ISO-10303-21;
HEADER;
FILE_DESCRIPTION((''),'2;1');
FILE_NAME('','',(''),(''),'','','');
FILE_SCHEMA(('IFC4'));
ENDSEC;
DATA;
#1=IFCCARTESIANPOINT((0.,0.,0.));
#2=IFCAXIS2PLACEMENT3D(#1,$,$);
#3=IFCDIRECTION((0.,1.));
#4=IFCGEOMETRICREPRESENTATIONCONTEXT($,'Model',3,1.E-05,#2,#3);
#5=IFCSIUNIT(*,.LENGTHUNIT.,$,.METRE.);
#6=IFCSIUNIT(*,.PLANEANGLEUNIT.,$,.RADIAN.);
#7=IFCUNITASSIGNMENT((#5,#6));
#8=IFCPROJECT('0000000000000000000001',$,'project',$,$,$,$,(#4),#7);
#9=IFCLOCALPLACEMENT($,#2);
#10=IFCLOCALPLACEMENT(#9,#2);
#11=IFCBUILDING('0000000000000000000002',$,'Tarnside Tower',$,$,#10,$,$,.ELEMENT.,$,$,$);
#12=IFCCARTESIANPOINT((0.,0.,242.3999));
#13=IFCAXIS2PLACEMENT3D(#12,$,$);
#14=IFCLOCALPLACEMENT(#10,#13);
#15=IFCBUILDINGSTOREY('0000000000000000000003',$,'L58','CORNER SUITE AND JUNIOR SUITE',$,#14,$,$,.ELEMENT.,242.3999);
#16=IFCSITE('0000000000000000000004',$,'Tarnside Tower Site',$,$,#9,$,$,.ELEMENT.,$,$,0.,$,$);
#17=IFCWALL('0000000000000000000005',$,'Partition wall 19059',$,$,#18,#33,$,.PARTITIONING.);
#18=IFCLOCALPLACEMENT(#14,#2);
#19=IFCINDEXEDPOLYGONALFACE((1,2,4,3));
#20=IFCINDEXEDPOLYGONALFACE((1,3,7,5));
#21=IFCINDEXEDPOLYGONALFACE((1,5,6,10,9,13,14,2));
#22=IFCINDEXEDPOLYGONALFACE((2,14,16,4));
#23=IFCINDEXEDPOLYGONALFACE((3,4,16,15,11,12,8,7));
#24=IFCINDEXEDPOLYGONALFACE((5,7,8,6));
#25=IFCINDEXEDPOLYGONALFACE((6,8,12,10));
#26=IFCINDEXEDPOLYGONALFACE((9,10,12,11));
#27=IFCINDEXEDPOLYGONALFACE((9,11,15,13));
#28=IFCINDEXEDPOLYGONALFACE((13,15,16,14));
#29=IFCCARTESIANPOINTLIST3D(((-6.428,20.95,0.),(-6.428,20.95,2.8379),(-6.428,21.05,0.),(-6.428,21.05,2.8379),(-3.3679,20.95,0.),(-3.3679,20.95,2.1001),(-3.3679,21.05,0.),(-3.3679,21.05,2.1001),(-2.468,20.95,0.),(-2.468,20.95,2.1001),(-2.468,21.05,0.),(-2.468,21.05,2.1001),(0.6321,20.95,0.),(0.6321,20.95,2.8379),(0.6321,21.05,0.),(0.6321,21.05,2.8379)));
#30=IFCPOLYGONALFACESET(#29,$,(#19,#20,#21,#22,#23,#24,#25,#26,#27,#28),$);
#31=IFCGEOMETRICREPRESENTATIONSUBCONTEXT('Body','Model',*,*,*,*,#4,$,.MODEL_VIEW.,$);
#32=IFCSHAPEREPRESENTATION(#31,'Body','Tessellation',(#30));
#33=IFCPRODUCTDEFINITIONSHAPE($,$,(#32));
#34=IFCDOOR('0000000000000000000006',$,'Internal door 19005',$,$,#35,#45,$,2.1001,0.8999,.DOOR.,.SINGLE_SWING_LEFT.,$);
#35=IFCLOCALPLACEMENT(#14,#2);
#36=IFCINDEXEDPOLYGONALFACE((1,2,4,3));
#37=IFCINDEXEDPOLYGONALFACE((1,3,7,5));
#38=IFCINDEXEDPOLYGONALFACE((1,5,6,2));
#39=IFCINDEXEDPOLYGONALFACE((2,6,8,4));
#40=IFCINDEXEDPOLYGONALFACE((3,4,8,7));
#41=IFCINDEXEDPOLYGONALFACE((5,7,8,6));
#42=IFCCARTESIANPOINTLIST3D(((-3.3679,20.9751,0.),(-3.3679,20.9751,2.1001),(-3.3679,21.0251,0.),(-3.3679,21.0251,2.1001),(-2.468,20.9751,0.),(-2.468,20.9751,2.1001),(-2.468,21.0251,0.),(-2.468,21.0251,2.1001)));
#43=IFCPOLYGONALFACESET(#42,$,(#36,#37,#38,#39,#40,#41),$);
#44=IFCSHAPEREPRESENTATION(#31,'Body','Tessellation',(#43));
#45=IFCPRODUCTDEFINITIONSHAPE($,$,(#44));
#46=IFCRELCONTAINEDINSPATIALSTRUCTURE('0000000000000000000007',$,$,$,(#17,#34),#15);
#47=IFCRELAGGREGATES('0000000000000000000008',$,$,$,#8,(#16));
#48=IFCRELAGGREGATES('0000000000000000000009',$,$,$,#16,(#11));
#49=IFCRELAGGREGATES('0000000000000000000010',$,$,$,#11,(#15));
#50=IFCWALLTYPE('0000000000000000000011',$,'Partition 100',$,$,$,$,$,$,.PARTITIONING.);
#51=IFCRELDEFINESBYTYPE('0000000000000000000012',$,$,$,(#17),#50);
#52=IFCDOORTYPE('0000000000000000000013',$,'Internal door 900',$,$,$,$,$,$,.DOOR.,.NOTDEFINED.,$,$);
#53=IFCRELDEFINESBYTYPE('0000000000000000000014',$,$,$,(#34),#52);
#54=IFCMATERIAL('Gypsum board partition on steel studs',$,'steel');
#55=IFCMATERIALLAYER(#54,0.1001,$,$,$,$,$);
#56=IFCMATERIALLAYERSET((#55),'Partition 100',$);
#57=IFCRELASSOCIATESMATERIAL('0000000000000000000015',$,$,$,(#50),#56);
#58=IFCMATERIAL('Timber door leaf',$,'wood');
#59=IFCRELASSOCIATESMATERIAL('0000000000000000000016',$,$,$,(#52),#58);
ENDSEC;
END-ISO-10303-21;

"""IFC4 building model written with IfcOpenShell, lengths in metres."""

from ifc_helpers import new_model, si_unit, direction, frame, frame_2d, origin, place, context, subcontext, project, spatial, rectangle, extrude, material, layer, layer_set, type_object, element, fill, save


model = new_model("IFC4")

# Units and contexts
model_context = context("Model", 3, precision=1e-05, world=origin(), true_north=direction((0.0, 1.0)))
body_context = subcontext(model_context, "Body", "Model", "MODEL_VIEW")
ifc_project = project(units=[si_unit("LENGTHUNIT", "METRE"), si_unit("PLANEANGLEUNIT", "RADIAN")], contexts=[model_context])

# Site, building, storey
site_placement = place(None, origin())
site = spatial("IfcSite", under=ifc_project, at=site_placement, Name="Tarnside Tower Site", CompositionType="ELEMENT", RefElevation=0.0)
building_placement = place(site_placement, origin())
building = spatial("IfcBuilding", under=site, at=building_placement, Name="Tarnside Tower", CompositionType="ELEMENT")
storey_placement = place(building_placement, frame((0.0, 0.0, 242.3999)))
storey = spatial("IfcBuildingStorey", under=building, at=storey_placement, Name="L58", Description="CORNER SUITE AND JUNIOR SUITE", CompositionType="ELEMENT", Elevation=242.3999)

# Shared definitions
ifc_material_1 = material(Name="Gypsum board partition on steel studs", Category="steel")

# Shared definitions
ifc_material_2 = material(Name="Timber door leaf", Category="wood")

# Shared definitions
ifc_layer_1 = layer(ifc_material_1, 0.1001)
ifc_layer_set_1 = layer_set([ifc_layer_1], Name="Partition 100")
wall_type_1 = type_object("IfcWallType", Name="Partition 100", PredefinedType="PARTITIONING", material=ifc_layer_set_1)

# Wall, opening, door
wall_1_placement = place(storey_placement, frame((0.6321, 21.0, 0.0), z_axis=(0.0, 0.0, 1.0), x_axis=(-1.0, 0.0, 0.0)))
wall_1 = element("IfcWall", 1, at=wall_1_placement, inside=storey, type_object=wall_type_1, Name="Partition wall 19059", PredefinedType="PARTITIONING", context=body_context, shape_type="SweptSolid", body=[
    extrude(rectangle(XDim=7.0601, YDim=0.1001, at=frame_2d((3.53, 0.0))), origin(), (0.0, 0.0, 1.0), 2.8379),
])
opening_1_placement = place(wall_1_placement, frame((3.1001, 0.0, 0.0)))
opening_1 = element("IfcOpeningElement", 2, at=opening_1_placement, cuts=wall_1, PredefinedType="OPENING", context=body_context, shape_type="SweptSolid", body=[
    extrude(rectangle(XDim=0.8999, YDim=2.1001, at=frame_2d((0.45, 1.05))), frame((0.0, 0.0601, 0.0), z_axis=(0.0, -1.0, 0.0), x_axis=(1.0, 0.0, 0.0)), (0.0, 0.0, 1.0), 0.1201),
])
door_type_1 = type_object("IfcDoorType", Name="Internal door 900", OperationType="NOTDEFINED", PredefinedType="DOOR", material=ifc_material_2)
door_1_placement = place(opening_1_placement, origin())
door_1 = element("IfcDoor", 3, at=door_1_placement, inside=storey, type_object=door_type_1, Name="Internal door 19005", OperationType="SINGLE_SWING_LEFT", OverallHeight=2.1001, OverallWidth=0.8999, PredefinedType="DOOR", context=body_context, shape_type="SweptSolid", body=[
    extrude(rectangle(XDim=0.8999, YDim=2.1001, at=frame_2d((0.45, 1.05))), frame((0.0, 0.0249, 0.0), z_axis=(0.0, -1.0, 0.0), x_axis=(1.0, 0.0, 0.0)), (0.0, 0.0, 1.0), 0.05),
])
fill(opening_1, door_1)

save(model, "model.ifc")
